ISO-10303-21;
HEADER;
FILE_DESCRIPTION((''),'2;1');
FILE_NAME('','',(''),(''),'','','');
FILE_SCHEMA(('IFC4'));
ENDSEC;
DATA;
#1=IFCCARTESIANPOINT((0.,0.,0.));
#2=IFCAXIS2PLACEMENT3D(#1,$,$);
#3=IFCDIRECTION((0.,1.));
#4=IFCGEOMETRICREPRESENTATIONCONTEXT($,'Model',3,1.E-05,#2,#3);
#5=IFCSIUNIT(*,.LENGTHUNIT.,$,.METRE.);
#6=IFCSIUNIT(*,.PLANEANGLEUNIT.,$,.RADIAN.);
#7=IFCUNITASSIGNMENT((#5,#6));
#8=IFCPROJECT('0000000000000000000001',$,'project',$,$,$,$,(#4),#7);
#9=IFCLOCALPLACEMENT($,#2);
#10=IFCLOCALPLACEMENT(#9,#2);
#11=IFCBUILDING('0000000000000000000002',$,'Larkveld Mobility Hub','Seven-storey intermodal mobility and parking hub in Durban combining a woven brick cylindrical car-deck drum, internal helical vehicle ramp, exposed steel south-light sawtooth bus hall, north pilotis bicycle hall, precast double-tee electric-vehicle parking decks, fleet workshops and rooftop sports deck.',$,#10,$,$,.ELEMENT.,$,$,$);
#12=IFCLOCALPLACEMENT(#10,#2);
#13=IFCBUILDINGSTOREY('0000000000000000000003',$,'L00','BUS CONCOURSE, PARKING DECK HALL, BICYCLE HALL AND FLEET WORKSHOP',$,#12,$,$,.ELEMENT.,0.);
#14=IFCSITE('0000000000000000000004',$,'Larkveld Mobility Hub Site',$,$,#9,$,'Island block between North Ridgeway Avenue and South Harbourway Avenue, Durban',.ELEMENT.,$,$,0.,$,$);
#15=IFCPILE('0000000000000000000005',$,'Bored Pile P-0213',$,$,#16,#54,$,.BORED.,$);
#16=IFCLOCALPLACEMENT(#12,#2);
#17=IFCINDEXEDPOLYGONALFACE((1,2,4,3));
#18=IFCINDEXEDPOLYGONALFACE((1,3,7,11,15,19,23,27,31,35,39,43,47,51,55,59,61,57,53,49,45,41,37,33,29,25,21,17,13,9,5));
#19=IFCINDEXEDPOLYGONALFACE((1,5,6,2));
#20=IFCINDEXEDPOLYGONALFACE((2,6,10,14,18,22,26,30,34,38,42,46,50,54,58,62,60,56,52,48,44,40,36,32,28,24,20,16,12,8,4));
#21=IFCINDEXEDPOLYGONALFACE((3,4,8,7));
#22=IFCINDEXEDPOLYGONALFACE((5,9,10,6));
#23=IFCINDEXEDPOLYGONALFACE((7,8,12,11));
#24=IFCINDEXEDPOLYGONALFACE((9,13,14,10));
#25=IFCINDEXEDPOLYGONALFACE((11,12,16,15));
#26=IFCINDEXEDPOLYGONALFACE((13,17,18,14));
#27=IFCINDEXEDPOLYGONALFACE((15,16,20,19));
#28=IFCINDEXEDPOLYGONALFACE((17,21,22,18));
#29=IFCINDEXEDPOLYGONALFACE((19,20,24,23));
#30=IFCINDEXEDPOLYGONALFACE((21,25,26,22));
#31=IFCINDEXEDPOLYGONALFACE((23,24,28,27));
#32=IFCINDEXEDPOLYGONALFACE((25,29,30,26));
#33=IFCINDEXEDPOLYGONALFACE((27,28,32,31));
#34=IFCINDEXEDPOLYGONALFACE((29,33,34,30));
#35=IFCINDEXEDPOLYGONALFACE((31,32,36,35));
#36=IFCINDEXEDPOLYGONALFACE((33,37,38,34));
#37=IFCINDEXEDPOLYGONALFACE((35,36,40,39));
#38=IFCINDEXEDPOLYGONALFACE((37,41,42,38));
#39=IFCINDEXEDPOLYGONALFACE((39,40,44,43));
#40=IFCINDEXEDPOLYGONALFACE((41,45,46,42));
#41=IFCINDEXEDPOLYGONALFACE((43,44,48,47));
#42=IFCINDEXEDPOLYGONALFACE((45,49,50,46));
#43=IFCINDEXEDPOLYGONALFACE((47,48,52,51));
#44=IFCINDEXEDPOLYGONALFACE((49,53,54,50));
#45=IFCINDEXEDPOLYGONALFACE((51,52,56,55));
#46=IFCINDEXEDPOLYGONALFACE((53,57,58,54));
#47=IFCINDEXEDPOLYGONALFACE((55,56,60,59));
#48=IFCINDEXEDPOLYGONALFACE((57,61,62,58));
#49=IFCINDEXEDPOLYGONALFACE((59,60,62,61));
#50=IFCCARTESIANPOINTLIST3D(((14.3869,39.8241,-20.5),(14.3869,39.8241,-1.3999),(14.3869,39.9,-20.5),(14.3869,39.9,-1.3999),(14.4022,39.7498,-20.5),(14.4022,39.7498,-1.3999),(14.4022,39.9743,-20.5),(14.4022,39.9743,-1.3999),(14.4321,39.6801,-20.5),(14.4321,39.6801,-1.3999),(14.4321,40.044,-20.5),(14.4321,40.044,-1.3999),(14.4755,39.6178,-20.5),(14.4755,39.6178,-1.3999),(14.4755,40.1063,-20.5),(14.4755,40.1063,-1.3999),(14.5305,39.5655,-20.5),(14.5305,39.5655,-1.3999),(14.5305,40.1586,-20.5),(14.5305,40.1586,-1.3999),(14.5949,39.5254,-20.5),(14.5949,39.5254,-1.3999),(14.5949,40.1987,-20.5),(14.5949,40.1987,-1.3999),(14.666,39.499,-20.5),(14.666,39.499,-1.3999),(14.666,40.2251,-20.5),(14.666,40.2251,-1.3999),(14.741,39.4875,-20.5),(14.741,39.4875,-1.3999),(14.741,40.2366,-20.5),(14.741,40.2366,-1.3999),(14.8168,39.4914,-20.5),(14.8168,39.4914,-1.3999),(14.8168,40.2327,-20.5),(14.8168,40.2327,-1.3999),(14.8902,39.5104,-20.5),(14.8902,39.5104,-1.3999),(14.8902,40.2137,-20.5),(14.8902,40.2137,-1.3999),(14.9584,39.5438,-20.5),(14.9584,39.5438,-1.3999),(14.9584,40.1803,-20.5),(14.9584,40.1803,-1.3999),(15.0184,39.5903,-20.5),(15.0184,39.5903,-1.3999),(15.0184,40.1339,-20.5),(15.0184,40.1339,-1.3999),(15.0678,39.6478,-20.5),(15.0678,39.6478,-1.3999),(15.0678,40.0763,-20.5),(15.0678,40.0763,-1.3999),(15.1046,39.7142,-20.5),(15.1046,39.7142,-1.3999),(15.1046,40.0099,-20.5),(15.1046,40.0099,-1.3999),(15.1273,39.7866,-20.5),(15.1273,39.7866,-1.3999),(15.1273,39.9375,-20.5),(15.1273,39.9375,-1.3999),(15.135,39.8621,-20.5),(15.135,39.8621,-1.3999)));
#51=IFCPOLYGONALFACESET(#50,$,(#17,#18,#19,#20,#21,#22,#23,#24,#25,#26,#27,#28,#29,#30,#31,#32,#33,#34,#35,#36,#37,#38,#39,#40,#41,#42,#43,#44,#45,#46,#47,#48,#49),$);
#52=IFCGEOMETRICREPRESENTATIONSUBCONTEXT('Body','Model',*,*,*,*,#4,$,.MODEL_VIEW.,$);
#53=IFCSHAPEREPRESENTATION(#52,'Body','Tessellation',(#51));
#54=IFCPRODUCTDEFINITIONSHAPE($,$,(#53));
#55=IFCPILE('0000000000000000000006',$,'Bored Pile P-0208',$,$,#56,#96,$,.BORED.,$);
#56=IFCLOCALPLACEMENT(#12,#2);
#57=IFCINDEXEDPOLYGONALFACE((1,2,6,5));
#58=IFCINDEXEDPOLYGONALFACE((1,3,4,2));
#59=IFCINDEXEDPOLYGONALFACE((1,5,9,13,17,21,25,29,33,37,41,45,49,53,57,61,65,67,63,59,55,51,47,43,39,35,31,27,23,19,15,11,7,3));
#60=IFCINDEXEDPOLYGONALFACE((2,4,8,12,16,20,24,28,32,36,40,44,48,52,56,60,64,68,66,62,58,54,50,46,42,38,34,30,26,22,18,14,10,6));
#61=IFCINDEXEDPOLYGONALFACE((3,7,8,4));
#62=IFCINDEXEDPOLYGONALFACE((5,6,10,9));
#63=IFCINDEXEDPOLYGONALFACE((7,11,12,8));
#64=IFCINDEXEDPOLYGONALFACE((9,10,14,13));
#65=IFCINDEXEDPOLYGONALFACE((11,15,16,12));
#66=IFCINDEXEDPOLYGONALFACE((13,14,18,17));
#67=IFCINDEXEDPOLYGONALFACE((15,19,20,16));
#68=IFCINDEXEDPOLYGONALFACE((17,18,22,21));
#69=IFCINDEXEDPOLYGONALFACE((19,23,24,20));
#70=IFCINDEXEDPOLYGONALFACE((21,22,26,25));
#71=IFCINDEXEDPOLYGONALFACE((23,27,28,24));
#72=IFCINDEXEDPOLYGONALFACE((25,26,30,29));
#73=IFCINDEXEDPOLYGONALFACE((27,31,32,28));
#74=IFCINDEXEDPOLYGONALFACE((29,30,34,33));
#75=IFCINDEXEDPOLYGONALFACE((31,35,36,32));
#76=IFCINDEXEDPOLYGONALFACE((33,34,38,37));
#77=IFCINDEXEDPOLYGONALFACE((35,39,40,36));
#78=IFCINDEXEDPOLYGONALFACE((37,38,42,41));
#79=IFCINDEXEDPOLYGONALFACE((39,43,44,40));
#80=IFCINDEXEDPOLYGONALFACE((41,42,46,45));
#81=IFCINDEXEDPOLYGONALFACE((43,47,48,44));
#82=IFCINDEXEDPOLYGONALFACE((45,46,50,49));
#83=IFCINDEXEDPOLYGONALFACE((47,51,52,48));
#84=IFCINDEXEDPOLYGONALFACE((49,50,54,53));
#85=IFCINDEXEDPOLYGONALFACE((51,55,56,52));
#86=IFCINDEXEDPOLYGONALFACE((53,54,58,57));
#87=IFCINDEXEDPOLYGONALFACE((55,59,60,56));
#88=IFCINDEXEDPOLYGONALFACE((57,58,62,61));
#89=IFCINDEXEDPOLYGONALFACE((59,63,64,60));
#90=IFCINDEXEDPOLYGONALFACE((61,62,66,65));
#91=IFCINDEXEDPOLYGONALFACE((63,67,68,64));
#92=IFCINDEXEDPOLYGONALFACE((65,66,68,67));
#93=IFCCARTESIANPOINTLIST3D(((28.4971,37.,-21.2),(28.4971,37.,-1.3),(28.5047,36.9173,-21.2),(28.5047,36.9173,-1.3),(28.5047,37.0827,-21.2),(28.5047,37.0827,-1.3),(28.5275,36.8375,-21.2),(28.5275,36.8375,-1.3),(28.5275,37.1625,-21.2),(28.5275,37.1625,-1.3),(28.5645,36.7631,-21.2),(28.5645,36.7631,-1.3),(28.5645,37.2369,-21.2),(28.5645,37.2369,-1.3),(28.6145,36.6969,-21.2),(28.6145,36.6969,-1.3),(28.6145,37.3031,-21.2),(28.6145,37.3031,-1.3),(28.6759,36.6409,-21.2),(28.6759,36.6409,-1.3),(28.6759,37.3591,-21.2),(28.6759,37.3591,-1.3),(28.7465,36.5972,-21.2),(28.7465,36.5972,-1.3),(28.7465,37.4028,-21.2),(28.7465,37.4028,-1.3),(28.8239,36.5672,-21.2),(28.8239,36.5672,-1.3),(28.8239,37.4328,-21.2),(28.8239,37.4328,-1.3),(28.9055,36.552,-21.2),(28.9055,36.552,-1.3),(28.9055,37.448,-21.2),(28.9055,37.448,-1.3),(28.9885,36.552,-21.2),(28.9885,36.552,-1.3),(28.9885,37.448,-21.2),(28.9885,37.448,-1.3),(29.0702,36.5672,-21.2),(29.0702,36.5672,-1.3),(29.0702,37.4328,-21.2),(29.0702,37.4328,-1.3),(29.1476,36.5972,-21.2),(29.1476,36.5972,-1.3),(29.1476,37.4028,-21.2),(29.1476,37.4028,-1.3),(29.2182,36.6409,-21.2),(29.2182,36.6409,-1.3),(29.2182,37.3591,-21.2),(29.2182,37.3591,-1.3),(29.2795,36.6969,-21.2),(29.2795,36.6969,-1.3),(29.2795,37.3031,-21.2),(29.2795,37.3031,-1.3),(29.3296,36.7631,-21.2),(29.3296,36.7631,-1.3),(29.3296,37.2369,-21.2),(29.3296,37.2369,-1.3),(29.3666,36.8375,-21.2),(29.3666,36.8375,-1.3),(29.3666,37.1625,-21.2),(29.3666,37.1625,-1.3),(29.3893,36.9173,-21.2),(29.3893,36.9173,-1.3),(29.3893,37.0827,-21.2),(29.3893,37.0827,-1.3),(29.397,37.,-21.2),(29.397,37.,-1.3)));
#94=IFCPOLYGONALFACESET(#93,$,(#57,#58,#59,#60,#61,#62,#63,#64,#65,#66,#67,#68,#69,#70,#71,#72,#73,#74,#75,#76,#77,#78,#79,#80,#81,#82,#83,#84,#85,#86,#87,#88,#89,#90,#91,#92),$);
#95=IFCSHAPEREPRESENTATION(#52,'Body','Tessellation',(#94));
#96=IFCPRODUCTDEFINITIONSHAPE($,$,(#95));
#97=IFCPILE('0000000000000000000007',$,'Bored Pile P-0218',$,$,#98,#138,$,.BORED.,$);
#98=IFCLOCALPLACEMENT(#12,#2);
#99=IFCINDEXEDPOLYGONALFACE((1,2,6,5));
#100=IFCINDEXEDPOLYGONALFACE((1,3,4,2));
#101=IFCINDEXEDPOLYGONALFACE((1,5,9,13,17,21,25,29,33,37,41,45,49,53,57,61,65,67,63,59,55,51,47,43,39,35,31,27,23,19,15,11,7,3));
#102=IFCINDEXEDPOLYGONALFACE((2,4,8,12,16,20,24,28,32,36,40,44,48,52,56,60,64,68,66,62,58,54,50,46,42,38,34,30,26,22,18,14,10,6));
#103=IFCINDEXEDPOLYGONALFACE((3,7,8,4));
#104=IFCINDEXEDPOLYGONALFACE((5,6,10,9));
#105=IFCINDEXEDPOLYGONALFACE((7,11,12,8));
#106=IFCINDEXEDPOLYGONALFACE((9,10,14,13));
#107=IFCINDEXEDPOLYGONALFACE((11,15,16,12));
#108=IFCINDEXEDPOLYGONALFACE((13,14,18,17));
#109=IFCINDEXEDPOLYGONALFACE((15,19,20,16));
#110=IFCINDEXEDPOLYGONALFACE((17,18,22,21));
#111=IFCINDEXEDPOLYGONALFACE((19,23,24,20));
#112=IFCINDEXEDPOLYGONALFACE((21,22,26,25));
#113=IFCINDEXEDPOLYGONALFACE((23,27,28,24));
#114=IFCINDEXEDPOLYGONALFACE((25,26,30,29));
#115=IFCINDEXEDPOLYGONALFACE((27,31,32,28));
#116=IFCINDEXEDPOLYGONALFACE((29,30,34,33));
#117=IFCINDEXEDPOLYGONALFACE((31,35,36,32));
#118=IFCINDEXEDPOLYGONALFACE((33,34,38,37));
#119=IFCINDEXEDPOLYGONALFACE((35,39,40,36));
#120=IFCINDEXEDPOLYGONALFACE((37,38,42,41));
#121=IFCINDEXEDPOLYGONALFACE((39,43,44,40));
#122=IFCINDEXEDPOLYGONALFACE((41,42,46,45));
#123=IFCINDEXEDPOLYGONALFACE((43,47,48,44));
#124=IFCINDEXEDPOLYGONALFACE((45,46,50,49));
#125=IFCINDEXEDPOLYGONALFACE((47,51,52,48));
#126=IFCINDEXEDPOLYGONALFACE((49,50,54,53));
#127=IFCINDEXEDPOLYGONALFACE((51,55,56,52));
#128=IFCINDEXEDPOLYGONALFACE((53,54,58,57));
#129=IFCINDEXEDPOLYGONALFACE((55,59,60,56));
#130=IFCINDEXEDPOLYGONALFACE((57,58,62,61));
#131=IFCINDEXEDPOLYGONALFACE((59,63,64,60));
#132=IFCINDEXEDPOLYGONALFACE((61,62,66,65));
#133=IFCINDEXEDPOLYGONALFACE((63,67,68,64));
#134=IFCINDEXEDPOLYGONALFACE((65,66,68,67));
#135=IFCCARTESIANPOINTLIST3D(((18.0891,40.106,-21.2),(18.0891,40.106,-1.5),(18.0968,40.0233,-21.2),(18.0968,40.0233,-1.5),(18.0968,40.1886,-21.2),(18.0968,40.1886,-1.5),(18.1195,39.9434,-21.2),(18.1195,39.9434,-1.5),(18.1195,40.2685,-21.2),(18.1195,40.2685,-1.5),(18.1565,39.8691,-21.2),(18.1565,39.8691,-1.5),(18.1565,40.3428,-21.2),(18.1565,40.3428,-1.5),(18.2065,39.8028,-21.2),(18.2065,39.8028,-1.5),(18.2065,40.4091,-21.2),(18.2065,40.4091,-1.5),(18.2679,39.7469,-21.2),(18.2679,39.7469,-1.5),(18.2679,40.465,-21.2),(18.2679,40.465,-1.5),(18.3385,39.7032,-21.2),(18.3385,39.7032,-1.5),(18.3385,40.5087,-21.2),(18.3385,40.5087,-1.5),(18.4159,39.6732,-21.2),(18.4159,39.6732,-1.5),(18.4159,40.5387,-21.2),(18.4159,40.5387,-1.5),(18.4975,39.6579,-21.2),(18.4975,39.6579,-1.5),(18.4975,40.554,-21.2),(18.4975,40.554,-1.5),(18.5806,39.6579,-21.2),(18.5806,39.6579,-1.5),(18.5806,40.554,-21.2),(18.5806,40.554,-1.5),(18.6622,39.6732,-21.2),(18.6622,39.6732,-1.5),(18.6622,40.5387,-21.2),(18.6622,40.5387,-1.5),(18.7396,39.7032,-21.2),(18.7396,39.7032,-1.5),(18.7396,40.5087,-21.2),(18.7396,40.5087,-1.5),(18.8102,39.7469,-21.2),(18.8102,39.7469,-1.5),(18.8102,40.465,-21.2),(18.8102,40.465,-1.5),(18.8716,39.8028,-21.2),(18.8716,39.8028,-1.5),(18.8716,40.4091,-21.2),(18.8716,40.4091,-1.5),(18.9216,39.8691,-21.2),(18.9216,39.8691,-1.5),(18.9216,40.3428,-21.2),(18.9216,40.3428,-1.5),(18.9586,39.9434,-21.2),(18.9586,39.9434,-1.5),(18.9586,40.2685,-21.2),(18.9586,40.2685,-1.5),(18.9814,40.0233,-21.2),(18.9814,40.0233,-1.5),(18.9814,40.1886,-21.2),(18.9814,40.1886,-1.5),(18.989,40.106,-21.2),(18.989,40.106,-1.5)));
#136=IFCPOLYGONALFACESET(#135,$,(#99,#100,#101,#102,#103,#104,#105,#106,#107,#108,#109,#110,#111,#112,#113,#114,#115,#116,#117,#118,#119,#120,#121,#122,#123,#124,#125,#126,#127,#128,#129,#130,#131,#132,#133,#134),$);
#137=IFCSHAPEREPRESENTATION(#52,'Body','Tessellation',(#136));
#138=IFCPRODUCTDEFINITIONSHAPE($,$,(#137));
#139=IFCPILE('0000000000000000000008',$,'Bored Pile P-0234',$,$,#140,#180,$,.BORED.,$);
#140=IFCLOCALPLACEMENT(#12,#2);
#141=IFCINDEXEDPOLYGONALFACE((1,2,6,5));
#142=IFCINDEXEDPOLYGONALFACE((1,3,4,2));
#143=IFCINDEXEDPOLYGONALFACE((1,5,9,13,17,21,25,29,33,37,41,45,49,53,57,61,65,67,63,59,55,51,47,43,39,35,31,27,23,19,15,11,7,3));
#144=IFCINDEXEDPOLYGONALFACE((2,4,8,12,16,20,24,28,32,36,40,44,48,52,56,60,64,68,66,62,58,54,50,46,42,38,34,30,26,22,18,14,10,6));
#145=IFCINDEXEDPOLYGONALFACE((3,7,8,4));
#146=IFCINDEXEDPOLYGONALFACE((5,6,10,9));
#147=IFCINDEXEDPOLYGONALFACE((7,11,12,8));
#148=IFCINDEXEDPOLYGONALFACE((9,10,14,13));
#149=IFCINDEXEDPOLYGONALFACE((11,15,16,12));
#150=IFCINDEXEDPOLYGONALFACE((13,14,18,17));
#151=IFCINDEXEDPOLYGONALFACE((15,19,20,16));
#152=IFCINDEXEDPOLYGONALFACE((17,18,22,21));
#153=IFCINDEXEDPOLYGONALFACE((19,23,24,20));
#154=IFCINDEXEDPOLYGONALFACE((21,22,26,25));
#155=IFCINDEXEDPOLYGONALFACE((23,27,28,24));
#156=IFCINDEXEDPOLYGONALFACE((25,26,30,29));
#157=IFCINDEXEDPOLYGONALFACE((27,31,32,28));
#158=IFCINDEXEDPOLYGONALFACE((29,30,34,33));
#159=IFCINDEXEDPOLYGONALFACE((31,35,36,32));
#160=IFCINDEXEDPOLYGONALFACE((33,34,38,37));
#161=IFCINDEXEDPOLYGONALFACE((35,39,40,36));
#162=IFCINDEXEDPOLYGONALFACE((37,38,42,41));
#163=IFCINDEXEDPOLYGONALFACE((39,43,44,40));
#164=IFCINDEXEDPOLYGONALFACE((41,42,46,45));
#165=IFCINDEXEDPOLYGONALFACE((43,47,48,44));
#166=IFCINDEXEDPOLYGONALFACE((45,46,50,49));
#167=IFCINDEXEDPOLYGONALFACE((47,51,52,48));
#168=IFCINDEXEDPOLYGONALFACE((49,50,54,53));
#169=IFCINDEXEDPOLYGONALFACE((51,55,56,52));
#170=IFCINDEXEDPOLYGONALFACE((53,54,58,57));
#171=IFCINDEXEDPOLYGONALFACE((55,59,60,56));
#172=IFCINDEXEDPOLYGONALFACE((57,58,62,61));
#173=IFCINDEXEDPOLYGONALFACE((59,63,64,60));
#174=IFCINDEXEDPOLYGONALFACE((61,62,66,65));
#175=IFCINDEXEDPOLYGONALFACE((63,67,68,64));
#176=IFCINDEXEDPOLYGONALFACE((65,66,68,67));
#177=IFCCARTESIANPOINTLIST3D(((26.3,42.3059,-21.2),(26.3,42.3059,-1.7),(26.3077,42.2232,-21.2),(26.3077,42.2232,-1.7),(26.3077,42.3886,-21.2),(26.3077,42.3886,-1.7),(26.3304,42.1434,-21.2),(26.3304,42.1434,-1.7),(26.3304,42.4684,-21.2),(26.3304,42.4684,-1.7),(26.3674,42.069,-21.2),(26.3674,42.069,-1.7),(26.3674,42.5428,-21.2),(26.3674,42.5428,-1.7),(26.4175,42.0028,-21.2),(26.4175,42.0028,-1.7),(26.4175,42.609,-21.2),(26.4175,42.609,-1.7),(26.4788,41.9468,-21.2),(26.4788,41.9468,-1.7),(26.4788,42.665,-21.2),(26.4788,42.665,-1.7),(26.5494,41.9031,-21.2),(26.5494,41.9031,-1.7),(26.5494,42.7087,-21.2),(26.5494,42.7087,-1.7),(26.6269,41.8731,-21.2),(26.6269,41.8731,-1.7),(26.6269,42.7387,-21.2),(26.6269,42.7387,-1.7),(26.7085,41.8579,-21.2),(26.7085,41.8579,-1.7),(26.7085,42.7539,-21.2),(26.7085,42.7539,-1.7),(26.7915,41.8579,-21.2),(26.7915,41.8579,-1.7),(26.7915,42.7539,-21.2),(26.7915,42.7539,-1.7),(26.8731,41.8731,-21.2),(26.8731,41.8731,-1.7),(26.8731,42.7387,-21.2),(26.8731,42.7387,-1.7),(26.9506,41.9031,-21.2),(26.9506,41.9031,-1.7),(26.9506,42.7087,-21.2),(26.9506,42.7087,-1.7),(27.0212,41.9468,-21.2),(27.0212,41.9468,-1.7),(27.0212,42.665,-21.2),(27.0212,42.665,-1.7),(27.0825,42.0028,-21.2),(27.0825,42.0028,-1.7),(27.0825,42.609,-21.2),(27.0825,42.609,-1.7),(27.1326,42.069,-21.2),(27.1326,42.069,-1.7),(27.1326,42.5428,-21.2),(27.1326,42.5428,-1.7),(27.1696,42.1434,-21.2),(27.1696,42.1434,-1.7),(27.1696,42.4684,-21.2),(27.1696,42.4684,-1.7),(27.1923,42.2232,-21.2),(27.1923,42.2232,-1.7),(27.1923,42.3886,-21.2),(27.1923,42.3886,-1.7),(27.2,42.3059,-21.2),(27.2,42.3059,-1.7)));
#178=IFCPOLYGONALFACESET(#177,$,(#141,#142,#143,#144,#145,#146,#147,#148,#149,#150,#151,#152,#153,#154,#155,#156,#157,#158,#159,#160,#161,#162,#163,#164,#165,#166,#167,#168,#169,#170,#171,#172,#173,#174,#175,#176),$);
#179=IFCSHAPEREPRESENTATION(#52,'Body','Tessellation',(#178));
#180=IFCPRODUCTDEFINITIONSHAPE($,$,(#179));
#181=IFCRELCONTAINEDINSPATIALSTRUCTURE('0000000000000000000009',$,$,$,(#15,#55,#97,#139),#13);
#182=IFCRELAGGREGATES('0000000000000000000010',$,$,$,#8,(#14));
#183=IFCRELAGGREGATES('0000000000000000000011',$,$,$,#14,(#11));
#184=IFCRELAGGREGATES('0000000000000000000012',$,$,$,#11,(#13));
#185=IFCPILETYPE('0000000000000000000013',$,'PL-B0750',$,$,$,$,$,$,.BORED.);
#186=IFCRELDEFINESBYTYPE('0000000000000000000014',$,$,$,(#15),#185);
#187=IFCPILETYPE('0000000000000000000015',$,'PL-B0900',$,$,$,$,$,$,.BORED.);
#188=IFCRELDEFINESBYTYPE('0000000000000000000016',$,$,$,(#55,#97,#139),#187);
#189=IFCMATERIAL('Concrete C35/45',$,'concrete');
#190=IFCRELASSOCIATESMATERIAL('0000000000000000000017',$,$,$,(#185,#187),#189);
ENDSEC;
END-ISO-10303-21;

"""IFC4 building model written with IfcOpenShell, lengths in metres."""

from ifc_helpers import new_model, si_unit, direction, frame, origin, origin_2d, place, context, subcontext, project, spatial, circle, extrude, material, material_profile, profile_set, type_object, element, save


model = new_model("IFC4")

# Units and contexts
model_context = context("Model", 3, precision=1e-05, world=origin(), true_north=direction((0.0, 1.0)))
body_context = subcontext(model_context, "Body", "Model", "MODEL_VIEW")
ifc_project = project(units=[si_unit("LENGTHUNIT", "METRE"), si_unit("PLANEANGLEUNIT", "RADIAN")], contexts=[model_context])

# Site, building, storey
site_placement = place(None, origin())
site = spatial("IfcSite", under=ifc_project, at=site_placement, Name="Larkveld Mobility Hub Site", LongName="Island block between North Ridgeway Avenue and South Harbourway Avenue, Durban", CompositionType="ELEMENT", RefElevation=0.0)
building_placement = place(site_placement, origin())
building = spatial("IfcBuilding", under=site, at=building_placement, Name="Larkveld Mobility Hub", Description="Seven-storey intermodal mobility and parking hub in Durban combining a woven brick cylindrical car-deck drum, internal helical vehicle ramp, exposed steel south-light sawtooth bus hall, north pilotis bicycle hall, precast double-tee electric-vehicle parking decks, fleet workshops and rooftop sports deck.", CompositionType="ELEMENT")
storey_placement = place(building_placement, origin())
storey = spatial("IfcBuildingStorey", under=building, at=storey_placement, Name="L00", Description="BUS CONCOURSE, PARKING DECK HALL, BICYCLE HALL AND FLEET WORKSHOP", CompositionType="ELEMENT", Elevation=0.0)

# Shared definitions
ifc_material_1 = material(Name="Concrete C35/45", Category="concrete")

# Piles
ifc_material_profile_1 = material_profile(ifc_material_1, circle(Radius=0.375, at=origin_2d()), Name="PILE D750")
ifc_profile_set_1 = profile_set([ifc_material_profile_1], Name="Concrete C35/45")
pile_type_1 = type_object("IfcPileType", Name="PL-B0750", PredefinedType="BORED", material=ifc_profile_set_1)
for number, where, z_axis, x_axis, name in (
    (1, (14.76, 39.8621, -1.3999), (0.0, 0.0, -1.0), (1.0, 0.0, 0.0), "Bored Pile P-0213"),
):
    element("IfcPile", number, at=place(storey_placement, frame(where, z_axis=z_axis, x_axis=x_axis)), inside=storey, type_object=pile_type_1, Name=name, PredefinedType="BORED", context=body_context, shape_type="SweptSolid", body=[
        extrude(circle(Radius=0.375, at=origin_2d()), origin(), (0.0, 0.0, 1.0), 19.1001),
    ])
ifc_material_profile_2 = material_profile(ifc_material_1, circle(Radius=0.45, at=origin_2d()), Name="PILE D900")
ifc_profile_set_2 = profile_set([ifc_material_profile_2], Name="Concrete C35/45")
pile_type_2 = type_object("IfcPileType", Name="PL-B0900", PredefinedType="BORED", material=ifc_profile_set_2)
pile_1_placement = place(storey_placement, frame((28.947, 37.0, -1.3), z_axis=(0.0, 0.0, -1.0), x_axis=(1.0, 0.0, 0.0)))
element("IfcPile", 2, at=pile_1_placement, inside=storey, type_object=pile_type_2, Name="Bored Pile P-0208", PredefinedType="BORED", context=body_context, shape_type="SweptSolid", body=[
    extrude(circle(Radius=0.45, at=origin_2d()), origin(), (0.0, 0.0, 1.0), 19.8999),
])
pile_2_placement = place(storey_placement, frame((18.5391, 40.106, -1.5), z_axis=(0.0, 0.0, -1.0), x_axis=(1.0, 0.0, 0.0)))
element("IfcPile", 3, at=pile_2_placement, inside=storey, type_object=pile_type_2, Name="Bored Pile P-0218", PredefinedType="BORED", context=body_context, shape_type="SweptSolid", body=[
    extrude(circle(Radius=0.45, at=origin_2d()), origin(), (0.0, 0.0, 1.0), 19.7),
])
pile_3_placement = place(storey_placement, frame((26.75, 42.3059, -1.7), z_axis=(0.0, 0.0, -1.0), x_axis=(1.0, 0.0, 0.0)))
element("IfcPile", 4, at=pile_3_placement, inside=storey, type_object=pile_type_2, Name="Bored Pile P-0234", PredefinedType="BORED", context=body_context, shape_type="SweptSolid", body=[
    extrude(circle(Radius=0.45, at=origin_2d()), origin(), (0.0, 0.0, 1.0), 19.5),
])

save(model, "model.ifc")
